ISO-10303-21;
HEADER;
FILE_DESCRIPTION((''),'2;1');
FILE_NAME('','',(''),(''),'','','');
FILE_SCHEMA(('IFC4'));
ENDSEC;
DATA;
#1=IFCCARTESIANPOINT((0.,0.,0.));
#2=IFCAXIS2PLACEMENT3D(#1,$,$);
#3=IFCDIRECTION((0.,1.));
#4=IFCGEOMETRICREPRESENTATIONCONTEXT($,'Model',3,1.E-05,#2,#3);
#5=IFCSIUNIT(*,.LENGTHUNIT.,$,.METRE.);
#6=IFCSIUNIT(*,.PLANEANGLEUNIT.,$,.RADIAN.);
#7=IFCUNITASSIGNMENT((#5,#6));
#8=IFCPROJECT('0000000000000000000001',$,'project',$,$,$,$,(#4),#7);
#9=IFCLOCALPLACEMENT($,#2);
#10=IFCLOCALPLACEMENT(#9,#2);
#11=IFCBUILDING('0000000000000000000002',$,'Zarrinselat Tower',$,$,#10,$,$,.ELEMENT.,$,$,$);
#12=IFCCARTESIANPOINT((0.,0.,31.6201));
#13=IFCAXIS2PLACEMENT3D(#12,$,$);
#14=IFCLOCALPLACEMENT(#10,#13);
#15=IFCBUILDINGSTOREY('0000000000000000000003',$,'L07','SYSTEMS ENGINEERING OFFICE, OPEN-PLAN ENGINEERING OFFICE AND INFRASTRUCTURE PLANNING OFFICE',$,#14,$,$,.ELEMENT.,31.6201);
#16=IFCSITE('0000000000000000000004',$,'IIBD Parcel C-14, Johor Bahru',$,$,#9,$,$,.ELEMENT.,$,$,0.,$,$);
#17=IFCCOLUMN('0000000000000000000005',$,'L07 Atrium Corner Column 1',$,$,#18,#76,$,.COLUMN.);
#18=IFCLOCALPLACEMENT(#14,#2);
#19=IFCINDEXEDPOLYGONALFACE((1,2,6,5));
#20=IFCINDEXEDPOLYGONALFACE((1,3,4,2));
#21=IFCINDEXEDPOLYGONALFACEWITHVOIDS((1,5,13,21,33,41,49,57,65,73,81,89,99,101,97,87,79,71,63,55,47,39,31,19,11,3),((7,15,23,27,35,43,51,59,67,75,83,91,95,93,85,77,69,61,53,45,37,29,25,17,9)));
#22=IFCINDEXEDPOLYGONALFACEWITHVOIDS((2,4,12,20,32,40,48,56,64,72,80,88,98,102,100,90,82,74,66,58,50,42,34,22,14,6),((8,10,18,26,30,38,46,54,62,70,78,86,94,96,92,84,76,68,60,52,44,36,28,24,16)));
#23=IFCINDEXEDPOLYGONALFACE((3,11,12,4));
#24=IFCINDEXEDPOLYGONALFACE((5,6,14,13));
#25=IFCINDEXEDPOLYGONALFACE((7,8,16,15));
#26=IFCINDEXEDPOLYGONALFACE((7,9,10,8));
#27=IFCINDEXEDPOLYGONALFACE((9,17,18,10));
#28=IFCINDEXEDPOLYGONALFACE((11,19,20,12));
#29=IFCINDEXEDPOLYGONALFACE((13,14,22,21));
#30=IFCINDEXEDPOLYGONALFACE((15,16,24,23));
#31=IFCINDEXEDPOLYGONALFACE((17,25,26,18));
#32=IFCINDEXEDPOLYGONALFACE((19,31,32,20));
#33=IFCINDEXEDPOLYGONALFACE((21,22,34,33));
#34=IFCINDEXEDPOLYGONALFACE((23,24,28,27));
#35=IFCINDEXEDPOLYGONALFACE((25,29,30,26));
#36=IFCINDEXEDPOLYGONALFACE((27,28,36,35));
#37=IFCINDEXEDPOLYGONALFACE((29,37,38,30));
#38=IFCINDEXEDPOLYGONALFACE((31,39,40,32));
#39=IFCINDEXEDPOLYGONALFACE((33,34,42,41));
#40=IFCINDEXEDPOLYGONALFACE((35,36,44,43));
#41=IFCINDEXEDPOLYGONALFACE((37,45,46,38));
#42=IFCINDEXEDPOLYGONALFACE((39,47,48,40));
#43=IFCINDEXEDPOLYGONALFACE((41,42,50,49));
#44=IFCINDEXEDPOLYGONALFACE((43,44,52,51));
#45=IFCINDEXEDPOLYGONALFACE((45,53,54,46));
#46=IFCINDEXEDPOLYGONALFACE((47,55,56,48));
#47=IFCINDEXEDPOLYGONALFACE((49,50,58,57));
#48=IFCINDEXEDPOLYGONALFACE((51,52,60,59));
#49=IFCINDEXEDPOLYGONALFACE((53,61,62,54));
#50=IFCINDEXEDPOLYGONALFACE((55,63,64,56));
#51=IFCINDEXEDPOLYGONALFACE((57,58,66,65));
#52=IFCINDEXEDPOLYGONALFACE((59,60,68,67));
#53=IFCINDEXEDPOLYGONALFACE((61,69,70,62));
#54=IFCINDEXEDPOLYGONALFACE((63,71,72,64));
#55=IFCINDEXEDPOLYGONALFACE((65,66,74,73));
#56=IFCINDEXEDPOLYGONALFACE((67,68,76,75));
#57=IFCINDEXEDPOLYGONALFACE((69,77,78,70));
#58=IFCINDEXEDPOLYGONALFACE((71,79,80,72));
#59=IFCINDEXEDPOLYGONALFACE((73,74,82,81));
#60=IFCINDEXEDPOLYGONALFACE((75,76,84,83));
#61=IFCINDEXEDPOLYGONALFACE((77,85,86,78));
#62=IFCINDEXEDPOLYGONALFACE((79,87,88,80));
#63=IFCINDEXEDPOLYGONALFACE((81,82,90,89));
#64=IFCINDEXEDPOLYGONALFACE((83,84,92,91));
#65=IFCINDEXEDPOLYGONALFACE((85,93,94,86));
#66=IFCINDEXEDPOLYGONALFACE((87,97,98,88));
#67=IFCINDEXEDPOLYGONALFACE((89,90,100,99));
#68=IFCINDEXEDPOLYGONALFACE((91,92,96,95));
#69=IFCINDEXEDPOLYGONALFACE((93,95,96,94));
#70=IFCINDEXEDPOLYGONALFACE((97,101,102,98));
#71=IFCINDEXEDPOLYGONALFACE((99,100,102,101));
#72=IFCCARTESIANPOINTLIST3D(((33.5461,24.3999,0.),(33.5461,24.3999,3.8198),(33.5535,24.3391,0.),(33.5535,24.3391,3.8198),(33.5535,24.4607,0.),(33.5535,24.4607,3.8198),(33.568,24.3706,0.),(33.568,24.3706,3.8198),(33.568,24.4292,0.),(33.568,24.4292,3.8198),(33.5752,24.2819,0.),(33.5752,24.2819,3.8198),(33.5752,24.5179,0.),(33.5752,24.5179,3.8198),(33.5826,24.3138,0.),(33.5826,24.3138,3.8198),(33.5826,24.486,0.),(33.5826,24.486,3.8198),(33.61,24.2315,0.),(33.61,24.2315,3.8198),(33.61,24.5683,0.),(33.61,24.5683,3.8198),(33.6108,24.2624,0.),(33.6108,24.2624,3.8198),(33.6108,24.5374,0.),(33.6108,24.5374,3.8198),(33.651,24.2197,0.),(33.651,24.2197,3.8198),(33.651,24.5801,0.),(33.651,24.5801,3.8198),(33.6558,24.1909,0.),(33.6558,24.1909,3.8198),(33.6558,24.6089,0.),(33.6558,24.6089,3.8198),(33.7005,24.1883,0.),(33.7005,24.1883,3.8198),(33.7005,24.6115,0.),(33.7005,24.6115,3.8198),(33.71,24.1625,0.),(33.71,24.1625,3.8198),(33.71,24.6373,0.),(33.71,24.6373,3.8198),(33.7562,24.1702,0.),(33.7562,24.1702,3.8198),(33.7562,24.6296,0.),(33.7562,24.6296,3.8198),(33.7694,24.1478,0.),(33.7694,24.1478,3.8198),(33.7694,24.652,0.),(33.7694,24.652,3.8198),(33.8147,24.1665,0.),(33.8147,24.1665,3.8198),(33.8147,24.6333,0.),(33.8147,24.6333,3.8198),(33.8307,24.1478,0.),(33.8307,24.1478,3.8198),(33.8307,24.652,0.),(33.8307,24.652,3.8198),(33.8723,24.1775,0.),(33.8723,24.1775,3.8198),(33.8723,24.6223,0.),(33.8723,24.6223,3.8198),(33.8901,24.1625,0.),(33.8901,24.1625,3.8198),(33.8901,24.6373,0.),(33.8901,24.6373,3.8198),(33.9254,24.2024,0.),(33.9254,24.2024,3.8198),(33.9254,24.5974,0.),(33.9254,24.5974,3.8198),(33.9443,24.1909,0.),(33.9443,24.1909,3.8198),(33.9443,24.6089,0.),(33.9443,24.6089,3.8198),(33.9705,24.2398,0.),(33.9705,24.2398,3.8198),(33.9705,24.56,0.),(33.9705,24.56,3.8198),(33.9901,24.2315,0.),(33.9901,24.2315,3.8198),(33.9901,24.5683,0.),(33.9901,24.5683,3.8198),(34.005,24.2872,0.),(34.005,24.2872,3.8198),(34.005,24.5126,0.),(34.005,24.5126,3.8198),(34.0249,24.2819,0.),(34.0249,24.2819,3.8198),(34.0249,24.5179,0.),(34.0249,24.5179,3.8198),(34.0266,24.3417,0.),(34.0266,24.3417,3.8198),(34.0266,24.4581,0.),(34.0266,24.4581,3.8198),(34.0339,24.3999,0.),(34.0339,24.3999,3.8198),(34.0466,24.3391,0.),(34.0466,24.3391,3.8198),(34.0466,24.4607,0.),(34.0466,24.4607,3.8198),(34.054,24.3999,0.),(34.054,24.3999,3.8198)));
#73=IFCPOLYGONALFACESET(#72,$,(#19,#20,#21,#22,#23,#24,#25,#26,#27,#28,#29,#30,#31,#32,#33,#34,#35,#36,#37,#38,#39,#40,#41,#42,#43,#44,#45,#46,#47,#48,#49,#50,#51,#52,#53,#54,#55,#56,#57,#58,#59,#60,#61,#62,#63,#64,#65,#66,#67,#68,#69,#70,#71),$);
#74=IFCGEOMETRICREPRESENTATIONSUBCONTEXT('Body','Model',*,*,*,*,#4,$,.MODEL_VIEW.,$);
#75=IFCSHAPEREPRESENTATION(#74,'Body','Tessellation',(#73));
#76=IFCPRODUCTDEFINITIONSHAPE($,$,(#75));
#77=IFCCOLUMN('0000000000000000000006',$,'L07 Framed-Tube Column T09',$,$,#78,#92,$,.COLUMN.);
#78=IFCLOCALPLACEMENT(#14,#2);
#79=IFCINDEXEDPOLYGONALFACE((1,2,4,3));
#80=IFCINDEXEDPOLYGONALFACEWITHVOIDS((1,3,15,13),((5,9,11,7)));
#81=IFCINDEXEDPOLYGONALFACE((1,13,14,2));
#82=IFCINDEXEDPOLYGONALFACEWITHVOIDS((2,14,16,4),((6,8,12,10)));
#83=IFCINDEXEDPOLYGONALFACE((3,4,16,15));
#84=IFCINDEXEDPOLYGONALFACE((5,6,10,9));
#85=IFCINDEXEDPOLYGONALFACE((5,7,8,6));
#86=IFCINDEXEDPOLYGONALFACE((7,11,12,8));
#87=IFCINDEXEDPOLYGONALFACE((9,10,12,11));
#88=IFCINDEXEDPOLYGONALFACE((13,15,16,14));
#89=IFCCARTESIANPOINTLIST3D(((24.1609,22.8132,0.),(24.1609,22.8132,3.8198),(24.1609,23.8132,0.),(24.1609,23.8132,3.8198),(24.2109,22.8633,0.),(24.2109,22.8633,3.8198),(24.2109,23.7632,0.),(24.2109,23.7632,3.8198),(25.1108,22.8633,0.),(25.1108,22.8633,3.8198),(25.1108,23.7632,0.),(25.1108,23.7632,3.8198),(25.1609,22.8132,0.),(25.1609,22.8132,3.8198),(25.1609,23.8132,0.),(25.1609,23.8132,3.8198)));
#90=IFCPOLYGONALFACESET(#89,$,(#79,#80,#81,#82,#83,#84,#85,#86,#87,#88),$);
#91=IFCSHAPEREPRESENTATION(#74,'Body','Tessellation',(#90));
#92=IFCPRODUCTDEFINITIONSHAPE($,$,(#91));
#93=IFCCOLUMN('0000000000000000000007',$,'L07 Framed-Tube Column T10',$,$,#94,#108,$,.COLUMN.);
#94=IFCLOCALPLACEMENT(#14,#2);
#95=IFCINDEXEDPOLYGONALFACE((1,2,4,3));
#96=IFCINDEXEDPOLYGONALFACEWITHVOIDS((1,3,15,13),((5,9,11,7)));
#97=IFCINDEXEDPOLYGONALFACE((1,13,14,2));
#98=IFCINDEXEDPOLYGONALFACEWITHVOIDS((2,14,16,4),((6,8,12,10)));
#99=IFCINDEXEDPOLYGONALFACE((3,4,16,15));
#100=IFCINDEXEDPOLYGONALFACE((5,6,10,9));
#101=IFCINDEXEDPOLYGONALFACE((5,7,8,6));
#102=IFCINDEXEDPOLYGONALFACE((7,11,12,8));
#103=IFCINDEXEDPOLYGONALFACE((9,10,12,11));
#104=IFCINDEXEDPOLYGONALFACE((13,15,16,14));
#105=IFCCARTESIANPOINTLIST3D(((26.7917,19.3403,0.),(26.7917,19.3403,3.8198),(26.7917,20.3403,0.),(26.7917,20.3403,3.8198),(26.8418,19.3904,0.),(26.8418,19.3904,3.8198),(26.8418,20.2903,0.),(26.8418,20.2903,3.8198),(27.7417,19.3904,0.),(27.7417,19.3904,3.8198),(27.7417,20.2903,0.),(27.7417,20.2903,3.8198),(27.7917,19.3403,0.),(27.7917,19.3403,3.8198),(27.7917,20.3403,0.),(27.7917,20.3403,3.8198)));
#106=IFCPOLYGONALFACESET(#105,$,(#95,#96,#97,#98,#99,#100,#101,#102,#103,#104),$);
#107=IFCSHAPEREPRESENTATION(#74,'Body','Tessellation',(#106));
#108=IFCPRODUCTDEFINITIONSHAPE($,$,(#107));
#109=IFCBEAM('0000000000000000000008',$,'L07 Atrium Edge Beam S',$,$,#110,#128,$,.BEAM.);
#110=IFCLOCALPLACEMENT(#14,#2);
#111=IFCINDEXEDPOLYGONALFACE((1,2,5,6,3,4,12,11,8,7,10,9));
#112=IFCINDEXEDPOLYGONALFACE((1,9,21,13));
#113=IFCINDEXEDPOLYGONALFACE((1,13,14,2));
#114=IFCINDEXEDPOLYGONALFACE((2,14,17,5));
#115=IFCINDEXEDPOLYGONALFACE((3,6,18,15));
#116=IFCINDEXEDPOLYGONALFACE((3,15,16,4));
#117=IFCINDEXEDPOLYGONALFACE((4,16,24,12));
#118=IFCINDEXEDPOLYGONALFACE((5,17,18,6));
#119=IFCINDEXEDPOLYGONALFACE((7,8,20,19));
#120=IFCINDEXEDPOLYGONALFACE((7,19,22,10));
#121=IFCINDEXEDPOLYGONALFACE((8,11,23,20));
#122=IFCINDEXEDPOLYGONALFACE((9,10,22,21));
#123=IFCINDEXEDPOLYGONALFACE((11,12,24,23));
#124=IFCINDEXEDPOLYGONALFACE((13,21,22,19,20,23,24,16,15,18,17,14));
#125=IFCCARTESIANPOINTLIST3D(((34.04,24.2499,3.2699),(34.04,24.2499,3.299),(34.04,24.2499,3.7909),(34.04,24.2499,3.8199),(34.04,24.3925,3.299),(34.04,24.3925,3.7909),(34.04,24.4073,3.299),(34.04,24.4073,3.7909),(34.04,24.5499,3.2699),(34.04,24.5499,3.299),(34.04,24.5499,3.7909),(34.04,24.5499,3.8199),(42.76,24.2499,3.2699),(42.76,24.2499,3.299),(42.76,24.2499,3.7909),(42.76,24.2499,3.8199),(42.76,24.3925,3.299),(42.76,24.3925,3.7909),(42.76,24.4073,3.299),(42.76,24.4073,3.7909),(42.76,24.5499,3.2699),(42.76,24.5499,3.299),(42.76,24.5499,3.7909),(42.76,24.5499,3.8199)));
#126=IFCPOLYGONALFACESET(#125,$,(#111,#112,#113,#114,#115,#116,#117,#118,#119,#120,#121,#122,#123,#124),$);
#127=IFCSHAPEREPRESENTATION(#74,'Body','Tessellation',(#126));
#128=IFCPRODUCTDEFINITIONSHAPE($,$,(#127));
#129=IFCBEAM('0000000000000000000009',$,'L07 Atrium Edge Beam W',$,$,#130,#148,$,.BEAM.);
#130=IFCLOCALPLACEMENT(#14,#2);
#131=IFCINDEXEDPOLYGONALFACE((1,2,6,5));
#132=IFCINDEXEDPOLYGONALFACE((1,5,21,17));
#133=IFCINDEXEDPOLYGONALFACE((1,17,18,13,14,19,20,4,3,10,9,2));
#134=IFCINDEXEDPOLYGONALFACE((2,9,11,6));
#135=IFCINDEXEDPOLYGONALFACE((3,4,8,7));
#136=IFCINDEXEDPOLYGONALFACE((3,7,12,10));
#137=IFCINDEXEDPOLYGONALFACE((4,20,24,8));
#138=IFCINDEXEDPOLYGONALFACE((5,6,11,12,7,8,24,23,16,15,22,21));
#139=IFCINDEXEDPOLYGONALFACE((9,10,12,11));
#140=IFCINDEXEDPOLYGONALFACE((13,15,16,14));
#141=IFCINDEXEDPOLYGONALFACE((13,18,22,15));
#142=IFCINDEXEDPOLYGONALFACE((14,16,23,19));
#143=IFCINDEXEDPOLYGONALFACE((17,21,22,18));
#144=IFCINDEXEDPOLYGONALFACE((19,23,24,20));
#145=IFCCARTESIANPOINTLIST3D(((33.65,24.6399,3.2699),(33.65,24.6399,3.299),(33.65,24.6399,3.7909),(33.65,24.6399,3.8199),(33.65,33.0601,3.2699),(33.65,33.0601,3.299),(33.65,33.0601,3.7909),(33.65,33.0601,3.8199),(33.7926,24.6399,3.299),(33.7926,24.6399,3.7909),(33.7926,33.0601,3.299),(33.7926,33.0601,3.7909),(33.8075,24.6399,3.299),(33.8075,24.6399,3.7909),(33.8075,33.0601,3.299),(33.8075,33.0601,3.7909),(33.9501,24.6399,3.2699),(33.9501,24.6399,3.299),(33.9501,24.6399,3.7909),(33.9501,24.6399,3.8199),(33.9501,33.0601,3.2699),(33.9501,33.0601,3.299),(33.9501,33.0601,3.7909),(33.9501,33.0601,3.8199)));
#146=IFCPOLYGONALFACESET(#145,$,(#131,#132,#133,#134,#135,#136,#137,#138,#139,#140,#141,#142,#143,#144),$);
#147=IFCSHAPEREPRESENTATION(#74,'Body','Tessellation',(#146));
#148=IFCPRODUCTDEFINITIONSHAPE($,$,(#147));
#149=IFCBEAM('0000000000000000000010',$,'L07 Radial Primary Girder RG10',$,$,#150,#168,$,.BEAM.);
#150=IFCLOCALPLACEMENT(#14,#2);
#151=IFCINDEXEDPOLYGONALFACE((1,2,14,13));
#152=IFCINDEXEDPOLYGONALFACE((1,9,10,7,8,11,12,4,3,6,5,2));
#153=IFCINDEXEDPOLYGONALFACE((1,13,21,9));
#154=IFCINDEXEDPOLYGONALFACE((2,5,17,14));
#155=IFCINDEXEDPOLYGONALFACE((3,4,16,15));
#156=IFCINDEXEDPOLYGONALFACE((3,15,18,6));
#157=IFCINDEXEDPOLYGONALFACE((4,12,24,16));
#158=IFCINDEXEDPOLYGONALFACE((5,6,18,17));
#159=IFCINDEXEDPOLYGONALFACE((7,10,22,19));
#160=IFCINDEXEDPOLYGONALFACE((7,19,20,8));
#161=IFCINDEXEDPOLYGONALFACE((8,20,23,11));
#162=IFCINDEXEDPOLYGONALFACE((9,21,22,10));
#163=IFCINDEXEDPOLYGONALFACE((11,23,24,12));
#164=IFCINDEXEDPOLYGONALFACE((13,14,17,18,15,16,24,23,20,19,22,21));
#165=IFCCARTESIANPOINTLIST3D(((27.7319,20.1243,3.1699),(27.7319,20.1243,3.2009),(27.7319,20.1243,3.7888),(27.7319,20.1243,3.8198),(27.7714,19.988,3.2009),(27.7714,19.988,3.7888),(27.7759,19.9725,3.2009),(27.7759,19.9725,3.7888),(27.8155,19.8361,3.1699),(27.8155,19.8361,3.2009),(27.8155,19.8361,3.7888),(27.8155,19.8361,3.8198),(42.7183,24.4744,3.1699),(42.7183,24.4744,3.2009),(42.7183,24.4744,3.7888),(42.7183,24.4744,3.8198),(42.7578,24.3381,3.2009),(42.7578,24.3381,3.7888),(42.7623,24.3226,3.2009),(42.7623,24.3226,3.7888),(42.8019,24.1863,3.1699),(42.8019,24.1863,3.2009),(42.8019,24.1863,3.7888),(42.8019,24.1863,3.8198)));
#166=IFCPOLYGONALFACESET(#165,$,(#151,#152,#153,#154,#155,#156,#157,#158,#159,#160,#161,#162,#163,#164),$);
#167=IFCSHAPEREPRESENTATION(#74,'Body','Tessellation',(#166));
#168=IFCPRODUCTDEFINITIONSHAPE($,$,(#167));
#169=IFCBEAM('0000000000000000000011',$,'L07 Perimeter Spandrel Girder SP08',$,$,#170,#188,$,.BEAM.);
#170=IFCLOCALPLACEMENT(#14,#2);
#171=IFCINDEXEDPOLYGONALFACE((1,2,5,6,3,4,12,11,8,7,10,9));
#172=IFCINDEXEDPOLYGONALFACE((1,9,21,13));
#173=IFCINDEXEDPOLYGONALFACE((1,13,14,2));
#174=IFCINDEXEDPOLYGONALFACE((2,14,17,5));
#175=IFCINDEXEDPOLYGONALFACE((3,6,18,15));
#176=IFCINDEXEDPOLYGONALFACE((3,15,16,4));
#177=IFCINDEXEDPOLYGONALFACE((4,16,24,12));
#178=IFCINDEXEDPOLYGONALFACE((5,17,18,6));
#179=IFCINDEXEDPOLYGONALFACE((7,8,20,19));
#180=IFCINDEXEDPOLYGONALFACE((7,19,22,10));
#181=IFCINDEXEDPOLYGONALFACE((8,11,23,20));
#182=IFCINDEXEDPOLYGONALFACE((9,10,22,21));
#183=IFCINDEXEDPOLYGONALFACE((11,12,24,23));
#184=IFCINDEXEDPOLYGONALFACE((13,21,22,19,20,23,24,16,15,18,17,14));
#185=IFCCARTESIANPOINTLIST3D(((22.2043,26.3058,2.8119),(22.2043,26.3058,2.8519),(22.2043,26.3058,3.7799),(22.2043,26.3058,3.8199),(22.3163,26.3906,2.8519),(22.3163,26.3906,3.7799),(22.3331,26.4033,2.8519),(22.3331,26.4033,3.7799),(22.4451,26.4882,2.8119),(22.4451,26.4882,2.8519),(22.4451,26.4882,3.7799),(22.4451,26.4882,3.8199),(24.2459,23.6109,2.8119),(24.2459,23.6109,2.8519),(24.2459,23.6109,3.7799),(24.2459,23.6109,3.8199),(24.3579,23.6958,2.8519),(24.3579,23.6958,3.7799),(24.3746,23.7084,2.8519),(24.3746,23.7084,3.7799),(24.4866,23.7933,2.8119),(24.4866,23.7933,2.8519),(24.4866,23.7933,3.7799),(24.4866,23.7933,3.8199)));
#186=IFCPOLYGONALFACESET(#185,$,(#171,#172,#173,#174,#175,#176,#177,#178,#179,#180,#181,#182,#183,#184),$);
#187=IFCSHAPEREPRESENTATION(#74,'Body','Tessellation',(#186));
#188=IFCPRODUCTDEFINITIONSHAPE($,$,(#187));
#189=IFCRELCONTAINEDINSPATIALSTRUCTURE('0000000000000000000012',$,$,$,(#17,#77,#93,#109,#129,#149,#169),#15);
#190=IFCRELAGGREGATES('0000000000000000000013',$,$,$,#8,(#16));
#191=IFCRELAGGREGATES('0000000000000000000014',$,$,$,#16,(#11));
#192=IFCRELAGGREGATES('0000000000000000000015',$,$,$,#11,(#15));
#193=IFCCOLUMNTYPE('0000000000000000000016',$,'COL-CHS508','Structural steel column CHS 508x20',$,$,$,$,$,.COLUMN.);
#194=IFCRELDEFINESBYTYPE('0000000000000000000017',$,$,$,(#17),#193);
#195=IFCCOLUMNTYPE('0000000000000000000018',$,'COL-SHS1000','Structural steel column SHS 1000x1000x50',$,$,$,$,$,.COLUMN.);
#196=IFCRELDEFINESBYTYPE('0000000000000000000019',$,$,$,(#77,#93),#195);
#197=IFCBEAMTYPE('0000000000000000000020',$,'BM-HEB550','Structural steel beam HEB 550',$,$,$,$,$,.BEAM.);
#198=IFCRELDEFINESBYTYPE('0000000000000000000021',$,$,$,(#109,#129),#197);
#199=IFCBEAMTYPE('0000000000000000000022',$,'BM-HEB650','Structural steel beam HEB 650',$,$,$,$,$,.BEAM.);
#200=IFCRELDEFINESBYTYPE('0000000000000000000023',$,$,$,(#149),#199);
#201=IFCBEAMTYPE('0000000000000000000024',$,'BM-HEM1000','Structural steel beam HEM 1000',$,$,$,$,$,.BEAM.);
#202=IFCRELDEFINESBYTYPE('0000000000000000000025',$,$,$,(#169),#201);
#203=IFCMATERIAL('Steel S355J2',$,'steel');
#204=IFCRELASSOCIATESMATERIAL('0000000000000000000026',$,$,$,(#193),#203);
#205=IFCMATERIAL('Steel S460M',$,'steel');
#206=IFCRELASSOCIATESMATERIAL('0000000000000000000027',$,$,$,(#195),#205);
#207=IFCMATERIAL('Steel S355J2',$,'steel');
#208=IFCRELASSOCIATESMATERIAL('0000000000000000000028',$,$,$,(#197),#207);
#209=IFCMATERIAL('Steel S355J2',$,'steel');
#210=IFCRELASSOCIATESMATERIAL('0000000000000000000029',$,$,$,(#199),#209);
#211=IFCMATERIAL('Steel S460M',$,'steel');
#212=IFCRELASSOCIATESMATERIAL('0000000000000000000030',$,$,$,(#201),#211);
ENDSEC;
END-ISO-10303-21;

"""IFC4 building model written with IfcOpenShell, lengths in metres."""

from ifc_helpers import new_model, si_unit, direction, frame, origin, origin_2d, place, context, subcontext, project, spatial, hollow_rectangle, hollow_circle, i_section, extrude, material, material_profile, profile_set, type_object, element, save


model = new_model("IFC4")

# Units and contexts
model_context = context("Model", 3, precision=1e-05, world=origin(), true_north=direction((0.0, 1.0)))
body_context = subcontext(model_context, "Body", "Model", "MODEL_VIEW")
ifc_project = project(units=[si_unit("LENGTHUNIT", "METRE"), si_unit("PLANEANGLEUNIT", "RADIAN")], contexts=[model_context])

# Site, building, storey
site_placement = place(None, origin())
site = spatial("IfcSite", under=ifc_project, at=site_placement, Name="IIBD Parcel C-14, Johor Bahru", CompositionType="ELEMENT", RefElevation=0.0)
building_placement = place(site_placement, origin())
building = spatial("IfcBuilding", under=site, at=building_placement, Name="Zarrinselat Tower", CompositionType="ELEMENT")
storey_placement = place(building_placement, frame((0.0, 0.0, 31.6201)))
storey = spatial("IfcBuildingStorey", under=building, at=storey_placement, Name="L07", Description="SYSTEMS ENGINEERING OFFICE, OPEN-PLAN ENGINEERING OFFICE AND INFRASTRUCTURE PLANNING OFFICE", CompositionType="ELEMENT", Elevation=31.6201)

# Columns
ifc_material_1 = material(Name="Steel S355J2", Category="steel")
ifc_material_profile_1 = material_profile(ifc_material_1, hollow_circle(Radius=0.2539, WallThickness=0.02, at=origin_2d()), Name="CHS 508x20")
ifc_profile_set_1 = profile_set([ifc_material_profile_1], Name="Steel S355J2")
column_type_1 = type_object("IfcColumnType", Name="COL-CHS508", Description="Structural steel column CHS 508x20", PredefinedType="COLUMN", material=ifc_profile_set_1)
column_placement = place(storey_placement, frame((33.8, 24.3999, 0.0), z_axis=(0.0, 0.0, 1.0), x_axis=(1.0, 0.0, 0.0)))
element("IfcColumn", 1, at=column_placement, inside=storey, type_object=column_type_1, Name="L07 Atrium Corner Column 1", PredefinedType="COLUMN", context=body_context, shape_type="SweptSolid", body=[
    extrude(hollow_circle(Radius=0.2539, WallThickness=0.02, at=origin_2d()), origin(), (0.0, 0.0, 1.0), 3.8198),
])
ifc_material_2 = material(Name="Steel S460M", Category="steel")
ifc_material_profile_2 = material_profile(ifc_material_2, hollow_rectangle(XDim=1.0, YDim=1.0, WallThickness=0.05, at=origin_2d()), Name="SHS 1000x1000x50")
ifc_profile_set_2 = profile_set([ifc_material_profile_2], Name="Steel S460M")
column_type_2 = type_object("IfcColumnType", Name="COL-SHS1000", Description="Structural steel column SHS 1000x1000x50", PredefinedType="COLUMN", material=ifc_profile_set_2)
for number, where, z_axis, x_axis, name in (
    (2, (24.6609, 23.3132, 0.0), (0.0, 0.0, 1.0), (1.0, 0.0, 0.0), "L07 Framed-Tube Column T09"),
    (3, (27.2917, 19.8403, 0.0), (0.0, 0.0, 1.0), (1.0, 0.0, 0.0), "L07 Framed-Tube Column T10"),
):
    element("IfcColumn", number, at=place(storey_placement, frame(where, z_axis=z_axis, x_axis=x_axis)), inside=storey, type_object=column_type_2, Name=name, PredefinedType="COLUMN", context=body_context, shape_type="SweptSolid", body=[
        extrude(hollow_rectangle(XDim=1.0, YDim=1.0, WallThickness=0.05, at=origin_2d()), origin(), (0.0, 0.0, 1.0), 3.8198),
    ])

# Beams
ifc_material_3 = material(Name="Steel S355J2", Category="steel")
ifc_material_profile_3 = material_profile(ifc_material_3, i_section(OverallWidth=0.3, OverallDepth=0.55, WebThickness=0.0149, FlangeThickness=0.0291, at=origin_2d()), Name="HEB 550")
ifc_profile_set_3 = profile_set([ifc_material_profile_3], Name="Steel S355J2")
beam_type_1 = type_object("IfcBeamType", Name="BM-HEB550", Description="Structural steel beam HEB 550", PredefinedType="BEAM", material=ifc_profile_set_3)
beam_1_placement = place(storey_placement, frame((34.04, 24.3999, 3.5449), z_axis=(1.0, 0.0, 0.0), x_axis=(0.0, 1.0, 0.0)))
element("IfcBeam", 4, at=beam_1_placement, inside=storey, type_object=beam_type_1, Name="L07 Atrium Edge Beam S", PredefinedType="BEAM", context=body_context, shape_type="SweptSolid", body=[
    extrude(i_section(OverallWidth=0.3, OverallDepth=0.55, WebThickness=0.0149, FlangeThickness=0.0291, at=origin_2d()), origin(), (0.0, 0.0, 1.0), 8.72),
])
beam_2_placement = place(storey_placement, frame((33.8, 24.6399, 3.5449), z_axis=(0.0, 1.0, 0.0), x_axis=(-1.0, 0.0, 0.0)))
element("IfcBeam", 5, at=beam_2_placement, inside=storey, type_object=beam_type_1, Name="L07 Atrium Edge Beam W", PredefinedType="BEAM", context=body_context, shape_type="SweptSolid", body=[
    extrude(i_section(OverallWidth=0.3, OverallDepth=0.55, WebThickness=0.0149, FlangeThickness=0.0291, at=origin_2d()), origin(), (0.0, 0.0, 1.0), 8.4202),
])
ifc_material_4 = material(Name="Steel S355J2", Category="steel")
ifc_material_profile_4 = material_profile(ifc_material_4, i_section(OverallWidth=0.3, OverallDepth=0.6499, WebThickness=0.0161, FlangeThickness=0.031, at=origin_2d()), Name="HEB 650")
ifc_profile_set_4 = profile_set([ifc_material_profile_4], Name="Steel S355J2")
beam_type_2 = type_object("IfcBeamType", Name="BM-HEB650", Description="Structural steel beam HEB 650", PredefinedType="BEAM", material=ifc_profile_set_4)
beam_3_placement = place(storey_placement, frame((27.7737, 19.9802, 3.4949), z_axis=(0.960359, 0.278765, 0.0), x_axis=(-0.278765, 0.960359, 0.0)))
element("IfcBeam", 6, at=beam_3_placement, inside=storey, type_object=beam_type_2, Name="L07 Radial Primary Girder RG10", PredefinedType="BEAM", context=body_context, shape_type="SweptSolid", body=[
    extrude(i_section(OverallWidth=0.3, OverallDepth=0.6499, WebThickness=0.0161, FlangeThickness=0.031, at=origin_2d()), origin(), (0.0, 0.0, 1.0), 15.605),
])
ifc_material_5 = material(Name="Steel S460M", Category="steel")
ifc_material_profile_5 = material_profile(ifc_material_5, i_section(OverallWidth=0.302, OverallDepth=1.0081, WebThickness=0.021, FlangeThickness=0.04, at=origin_2d()), Name="HEM 1000")
ifc_profile_set_5 = profile_set([ifc_material_profile_5], Name="Steel S460M")
beam_type_3 = type_object("IfcBeamType", Name="BM-HEM1000", Description="Structural steel beam HEM 1000", PredefinedType="BEAM", material=ifc_profile_set_5)
for number, where, z_axis, x_axis, name in (
    (7, (22.3247, 26.397, 3.3159), (0.603852, -0.797096, 0.0), (0.797096, 0.603852, 0.0), "L07 Perimeter Spandrel Girder SP08"),
):
    element("IfcBeam", number, at=place(storey_placement, frame(where, z_axis=z_axis, x_axis=x_axis)), inside=storey, type_object=beam_type_3, Name=name, PredefinedType="BEAM", context=body_context, shape_type="SweptSolid", body=[
        extrude(i_section(OverallWidth=0.302, OverallDepth=1.0081, WebThickness=0.021, FlangeThickness=0.04, at=origin_2d()), origin(), (0.0, 0.0, 1.0), 3.3809),
    ])

save(model, "model.ifc")
